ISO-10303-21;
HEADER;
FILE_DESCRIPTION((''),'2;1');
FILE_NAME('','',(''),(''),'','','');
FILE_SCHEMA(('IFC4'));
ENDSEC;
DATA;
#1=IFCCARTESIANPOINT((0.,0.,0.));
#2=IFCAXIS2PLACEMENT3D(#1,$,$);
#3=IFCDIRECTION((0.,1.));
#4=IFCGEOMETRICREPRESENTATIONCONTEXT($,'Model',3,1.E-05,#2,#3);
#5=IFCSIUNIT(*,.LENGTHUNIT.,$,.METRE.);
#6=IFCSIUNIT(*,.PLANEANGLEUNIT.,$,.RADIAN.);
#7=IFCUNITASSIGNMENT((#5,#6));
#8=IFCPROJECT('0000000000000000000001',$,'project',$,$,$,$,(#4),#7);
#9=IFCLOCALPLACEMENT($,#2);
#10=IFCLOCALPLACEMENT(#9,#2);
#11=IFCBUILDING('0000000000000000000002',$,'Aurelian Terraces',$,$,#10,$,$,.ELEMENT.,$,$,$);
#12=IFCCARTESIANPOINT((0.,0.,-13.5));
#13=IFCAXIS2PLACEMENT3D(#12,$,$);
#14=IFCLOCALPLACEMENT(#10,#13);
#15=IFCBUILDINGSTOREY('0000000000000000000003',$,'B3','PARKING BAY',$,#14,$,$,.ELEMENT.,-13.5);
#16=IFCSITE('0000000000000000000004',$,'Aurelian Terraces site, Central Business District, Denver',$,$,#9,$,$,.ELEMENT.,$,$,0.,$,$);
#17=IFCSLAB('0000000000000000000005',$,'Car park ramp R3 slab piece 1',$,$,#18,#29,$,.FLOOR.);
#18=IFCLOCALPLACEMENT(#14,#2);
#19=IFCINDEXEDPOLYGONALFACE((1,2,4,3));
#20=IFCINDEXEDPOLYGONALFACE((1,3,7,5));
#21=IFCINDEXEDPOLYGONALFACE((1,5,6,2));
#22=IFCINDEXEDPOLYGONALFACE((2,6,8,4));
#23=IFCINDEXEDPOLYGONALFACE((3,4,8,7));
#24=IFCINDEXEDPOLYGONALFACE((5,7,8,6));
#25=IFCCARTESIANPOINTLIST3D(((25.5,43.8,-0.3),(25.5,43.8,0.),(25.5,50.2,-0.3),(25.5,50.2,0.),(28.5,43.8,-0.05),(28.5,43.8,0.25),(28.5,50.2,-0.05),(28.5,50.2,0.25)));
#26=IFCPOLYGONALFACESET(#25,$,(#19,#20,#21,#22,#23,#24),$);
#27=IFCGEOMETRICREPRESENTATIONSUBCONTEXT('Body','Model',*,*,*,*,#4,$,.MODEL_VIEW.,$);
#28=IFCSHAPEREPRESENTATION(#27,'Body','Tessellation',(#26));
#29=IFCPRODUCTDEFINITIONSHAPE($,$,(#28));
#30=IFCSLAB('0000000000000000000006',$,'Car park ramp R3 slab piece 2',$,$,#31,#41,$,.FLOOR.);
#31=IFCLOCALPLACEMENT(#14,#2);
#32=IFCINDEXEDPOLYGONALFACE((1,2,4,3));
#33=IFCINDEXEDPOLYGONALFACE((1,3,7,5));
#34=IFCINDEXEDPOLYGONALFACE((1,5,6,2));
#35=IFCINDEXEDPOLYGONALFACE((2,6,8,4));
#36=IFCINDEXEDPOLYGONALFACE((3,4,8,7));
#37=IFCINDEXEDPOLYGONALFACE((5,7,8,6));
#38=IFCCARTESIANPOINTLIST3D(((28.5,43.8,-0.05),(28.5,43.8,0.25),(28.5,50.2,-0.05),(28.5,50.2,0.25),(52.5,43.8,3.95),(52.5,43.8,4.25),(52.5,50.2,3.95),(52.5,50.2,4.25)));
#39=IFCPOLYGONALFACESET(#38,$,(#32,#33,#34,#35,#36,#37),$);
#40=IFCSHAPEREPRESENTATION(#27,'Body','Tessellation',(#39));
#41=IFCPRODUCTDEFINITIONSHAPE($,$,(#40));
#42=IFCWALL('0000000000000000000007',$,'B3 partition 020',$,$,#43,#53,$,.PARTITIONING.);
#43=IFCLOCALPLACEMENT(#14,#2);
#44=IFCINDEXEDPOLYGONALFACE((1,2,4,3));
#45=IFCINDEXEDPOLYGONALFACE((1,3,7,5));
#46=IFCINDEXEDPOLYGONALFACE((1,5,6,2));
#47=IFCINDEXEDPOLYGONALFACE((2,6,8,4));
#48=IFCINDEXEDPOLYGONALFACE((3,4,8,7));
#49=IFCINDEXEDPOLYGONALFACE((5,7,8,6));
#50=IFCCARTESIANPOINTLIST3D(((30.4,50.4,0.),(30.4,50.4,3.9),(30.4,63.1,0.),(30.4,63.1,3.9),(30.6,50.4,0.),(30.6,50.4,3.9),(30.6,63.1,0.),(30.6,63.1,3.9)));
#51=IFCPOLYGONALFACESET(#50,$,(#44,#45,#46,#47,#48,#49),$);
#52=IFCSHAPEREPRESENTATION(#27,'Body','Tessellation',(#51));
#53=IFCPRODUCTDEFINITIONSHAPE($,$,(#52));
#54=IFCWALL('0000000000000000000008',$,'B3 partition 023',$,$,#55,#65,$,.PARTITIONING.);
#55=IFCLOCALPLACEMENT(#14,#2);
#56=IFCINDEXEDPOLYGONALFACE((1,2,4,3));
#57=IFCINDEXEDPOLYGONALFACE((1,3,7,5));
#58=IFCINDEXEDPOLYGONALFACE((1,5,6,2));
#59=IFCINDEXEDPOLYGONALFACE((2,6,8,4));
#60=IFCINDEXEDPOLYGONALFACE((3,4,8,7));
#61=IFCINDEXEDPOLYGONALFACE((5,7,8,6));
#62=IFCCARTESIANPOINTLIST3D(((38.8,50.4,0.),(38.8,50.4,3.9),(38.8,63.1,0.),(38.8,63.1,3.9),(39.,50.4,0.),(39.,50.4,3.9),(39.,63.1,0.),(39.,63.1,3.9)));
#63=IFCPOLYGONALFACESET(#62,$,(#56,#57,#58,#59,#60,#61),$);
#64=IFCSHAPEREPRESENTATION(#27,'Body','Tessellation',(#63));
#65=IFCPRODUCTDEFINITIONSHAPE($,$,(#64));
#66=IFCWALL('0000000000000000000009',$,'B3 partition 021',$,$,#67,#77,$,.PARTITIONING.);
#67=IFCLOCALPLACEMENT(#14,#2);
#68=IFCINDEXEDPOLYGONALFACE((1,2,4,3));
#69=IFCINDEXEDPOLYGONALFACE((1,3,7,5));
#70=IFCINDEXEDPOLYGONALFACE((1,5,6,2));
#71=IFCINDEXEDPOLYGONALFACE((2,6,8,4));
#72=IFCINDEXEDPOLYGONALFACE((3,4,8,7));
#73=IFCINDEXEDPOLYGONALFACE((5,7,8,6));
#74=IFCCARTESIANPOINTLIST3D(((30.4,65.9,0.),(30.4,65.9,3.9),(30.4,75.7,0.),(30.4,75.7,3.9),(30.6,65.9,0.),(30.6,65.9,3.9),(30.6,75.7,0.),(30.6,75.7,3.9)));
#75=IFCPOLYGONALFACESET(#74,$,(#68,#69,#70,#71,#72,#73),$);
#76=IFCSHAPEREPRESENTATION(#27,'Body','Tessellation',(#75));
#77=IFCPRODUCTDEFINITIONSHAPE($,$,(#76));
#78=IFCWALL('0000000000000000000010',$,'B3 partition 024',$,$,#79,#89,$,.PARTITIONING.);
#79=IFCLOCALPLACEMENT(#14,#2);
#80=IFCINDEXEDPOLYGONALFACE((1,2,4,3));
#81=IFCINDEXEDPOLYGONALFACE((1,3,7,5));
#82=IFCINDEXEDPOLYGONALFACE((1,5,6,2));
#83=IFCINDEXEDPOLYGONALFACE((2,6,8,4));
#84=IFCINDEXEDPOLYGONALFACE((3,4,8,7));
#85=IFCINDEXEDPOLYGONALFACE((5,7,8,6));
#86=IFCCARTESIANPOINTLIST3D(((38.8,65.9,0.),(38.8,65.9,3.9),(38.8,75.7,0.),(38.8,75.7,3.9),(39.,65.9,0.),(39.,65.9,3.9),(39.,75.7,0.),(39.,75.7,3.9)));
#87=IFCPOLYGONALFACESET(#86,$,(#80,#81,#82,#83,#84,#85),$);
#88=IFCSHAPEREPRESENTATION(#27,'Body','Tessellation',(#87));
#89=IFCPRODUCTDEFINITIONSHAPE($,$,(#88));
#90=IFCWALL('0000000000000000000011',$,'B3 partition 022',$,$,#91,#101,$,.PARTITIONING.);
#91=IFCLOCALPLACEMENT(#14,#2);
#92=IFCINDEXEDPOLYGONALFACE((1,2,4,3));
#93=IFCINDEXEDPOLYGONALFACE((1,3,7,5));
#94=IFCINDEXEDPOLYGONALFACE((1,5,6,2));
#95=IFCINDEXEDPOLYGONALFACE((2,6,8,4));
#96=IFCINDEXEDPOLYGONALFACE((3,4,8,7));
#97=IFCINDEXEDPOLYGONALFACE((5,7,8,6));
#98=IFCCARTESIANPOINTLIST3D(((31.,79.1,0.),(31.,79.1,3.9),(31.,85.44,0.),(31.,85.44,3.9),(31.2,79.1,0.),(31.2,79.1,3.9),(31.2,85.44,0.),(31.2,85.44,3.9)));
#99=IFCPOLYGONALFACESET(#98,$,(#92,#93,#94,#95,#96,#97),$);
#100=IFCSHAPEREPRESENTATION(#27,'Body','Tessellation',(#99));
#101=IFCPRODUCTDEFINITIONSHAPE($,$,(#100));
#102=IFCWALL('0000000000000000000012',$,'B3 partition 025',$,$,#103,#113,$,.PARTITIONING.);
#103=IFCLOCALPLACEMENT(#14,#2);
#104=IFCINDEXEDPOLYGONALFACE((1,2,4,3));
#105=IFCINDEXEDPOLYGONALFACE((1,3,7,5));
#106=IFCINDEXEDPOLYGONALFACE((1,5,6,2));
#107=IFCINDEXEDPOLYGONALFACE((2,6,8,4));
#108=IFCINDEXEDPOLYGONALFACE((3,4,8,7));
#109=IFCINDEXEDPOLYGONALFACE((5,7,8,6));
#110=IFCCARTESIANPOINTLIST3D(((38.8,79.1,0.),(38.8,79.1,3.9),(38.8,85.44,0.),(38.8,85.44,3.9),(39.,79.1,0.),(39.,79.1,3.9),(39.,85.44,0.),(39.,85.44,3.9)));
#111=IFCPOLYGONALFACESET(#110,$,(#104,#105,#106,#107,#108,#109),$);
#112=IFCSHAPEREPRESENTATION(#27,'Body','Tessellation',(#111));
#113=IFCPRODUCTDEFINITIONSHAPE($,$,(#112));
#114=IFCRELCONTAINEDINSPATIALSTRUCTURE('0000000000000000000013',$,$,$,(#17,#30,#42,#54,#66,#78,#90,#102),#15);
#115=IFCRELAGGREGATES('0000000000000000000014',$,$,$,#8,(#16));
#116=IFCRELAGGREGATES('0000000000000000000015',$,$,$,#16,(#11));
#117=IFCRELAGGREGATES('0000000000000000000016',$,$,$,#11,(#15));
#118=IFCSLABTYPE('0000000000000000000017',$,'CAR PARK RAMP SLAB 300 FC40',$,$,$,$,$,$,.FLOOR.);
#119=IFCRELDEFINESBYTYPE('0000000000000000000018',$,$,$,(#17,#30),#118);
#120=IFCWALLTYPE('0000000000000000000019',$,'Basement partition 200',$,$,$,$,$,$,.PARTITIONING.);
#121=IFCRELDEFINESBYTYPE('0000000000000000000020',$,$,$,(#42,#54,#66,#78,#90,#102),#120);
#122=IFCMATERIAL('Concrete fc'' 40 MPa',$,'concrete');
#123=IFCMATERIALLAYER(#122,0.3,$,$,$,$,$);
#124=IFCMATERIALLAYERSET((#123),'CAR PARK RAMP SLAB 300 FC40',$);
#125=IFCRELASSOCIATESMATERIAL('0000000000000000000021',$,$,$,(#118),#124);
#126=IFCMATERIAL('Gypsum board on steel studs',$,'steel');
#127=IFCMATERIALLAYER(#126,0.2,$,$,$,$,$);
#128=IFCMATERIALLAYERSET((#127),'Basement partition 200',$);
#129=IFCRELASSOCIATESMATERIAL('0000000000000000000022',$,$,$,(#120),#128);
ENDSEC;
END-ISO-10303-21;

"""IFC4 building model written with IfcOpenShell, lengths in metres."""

from ifc_helpers import new_model, si_unit, direction, frame, frame_2d, origin, place, context, subcontext, project, spatial, polyline, rectangle, outline, extrude, source, transform, mapped, material, layer, layer_set, type_object, element, save


model = new_model("IFC4")

# Units and contexts
model_context = context("Model", 3, precision=1e-05, world=origin(), true_north=direction((0.0, 1.0)))
body_context = subcontext(model_context, "Body", "Model", "MODEL_VIEW")
ifc_project = project(units=[si_unit("LENGTHUNIT", "METRE"), si_unit("PLANEANGLEUNIT", "RADIAN")], contexts=[model_context])

# Site, building, storey
site_placement = place(None, origin())
site = spatial("IfcSite", under=ifc_project, at=site_placement, Name="Aurelian Terraces site, Central Business District, Denver", CompositionType="ELEMENT", RefElevation=0.0)
building_placement = place(site_placement, origin())
building = spatial("IfcBuilding", under=site, at=building_placement, Name="Aurelian Terraces", CompositionType="ELEMENT")
storey_placement = place(building_placement, frame((0.0, 0.0, -13.5)))
storey = spatial("IfcBuildingStorey", under=building, at=storey_placement, Name="B3", Description="PARKING BAY", CompositionType="ELEMENT", Elevation=-13.5)

# Slabs
ifc_material_1 = material(Name="Concrete fc' 40 MPa", Category="concrete")
ifc_layer_1 = layer(ifc_material_1, 0.3)
ifc_layer_set_1 = layer_set([ifc_layer_1], Name="CAR PARK RAMP SLAB 300 FC40")
slab_type = type_object("IfcSlabType", Name="CAR PARK RAMP SLAB 300 FC40", PredefinedType="FLOOR", material=ifc_layer_set_1)
slab_1_placement = place(storey_placement, frame((25.5, 43.8, 0.0), z_axis=(0.0, 0.0, 1.0), x_axis=(1.0, 0.0, 0.0)))
element("IfcSlab", 1, at=slab_1_placement, inside=storey, type_object=slab_type, Name="Car park ramp R3 slab piece 1", PredefinedType="FLOOR", context=body_context, shape_type="SweptSolid", body=[
    extrude(outline(polyline([(0.0, 0.0), (3.0, 0.25), (3.0, -0.05), (0.0, -0.3), (0.0, 0.0)])), frame((0.0, 6.4, 0.0), z_axis=(0.0, -1.0, 0.0), x_axis=(1.0, 0.0, 0.0)), (0.0, 0.0, 1.0), 6.4),
])
slab_2_placement = place(storey_placement, frame((28.5, 43.8, 0.25), z_axis=(0.0, 0.0, 1.0), x_axis=(1.0, 0.0, 0.0)))
element("IfcSlab", 2, at=slab_2_placement, inside=storey, type_object=slab_type, Name="Car park ramp R3 slab piece 2", PredefinedType="FLOOR", context=body_context, shape_type="SweptSolid", body=[
    extrude(outline(polyline([(0.0, 0.0), (24.0, 4.0), (24.0, 3.7), (0.0, -0.3), (0.0, 0.0)])), frame((0.0, 6.4, 0.0), z_axis=(0.0, -1.0, 0.0), x_axis=(1.0, 0.0, 0.0)), (0.0, 0.0, 1.0), 6.4),
])

# Walls
ifc_material_2 = material(Name="Gypsum board on steel studs", Category="steel")
ifc_layer_2 = layer(ifc_material_2, 0.2)
ifc_layer_set_2 = layer_set([ifc_layer_2], Name="Basement partition 200")
wall_type = type_object("IfcWallType", Name="Basement partition 200", PredefinedType="PARTITIONING", material=ifc_layer_set_2)
shared_shape_1 = source(origin(), body_context, "Body", "SweptSolid", [
    extrude(rectangle(XDim=12.7, YDim=0.2, at=frame_2d((6.35, 0.0))), origin(), (0.0, 0.0, 1.0), 3.9),
])
for number, where, z_axis, x_axis, name in (
    (3, (30.5, 50.4, 0.0), (0.0, 0.0, 1.0), (0.0, 1.0, 0.0), "B3 partition 020"),
    (4, (38.9, 50.4, 0.0), (0.0, 0.0, 1.0), (0.0, 1.0, 0.0), "B3 partition 023"),
):
    element("IfcWall", number, at=place(storey_placement, frame(where, z_axis=z_axis, x_axis=x_axis)), inside=storey, type_object=wall_type, Name=name, PredefinedType="PARTITIONING", context=body_context, shape_type="MappedRepresentation", body=[
        mapped(shared_shape_1, transform((0.0, 0.0, 0.0), scale=1.0)),
    ])
shared_shape_2 = source(origin(), body_context, "Body", "SweptSolid", [
    extrude(rectangle(XDim=9.8, YDim=0.2, at=frame_2d((4.9, 0.0))), origin(), (0.0, 0.0, 1.0), 3.9),
])
for number, where, z_axis, x_axis, name in (
    (5, (30.5, 65.9, 0.0), (0.0, 0.0, 1.0), (0.0, 1.0, 0.0), "B3 partition 021"),
    (6, (38.9, 65.9, 0.0), (0.0, 0.0, 1.0), (0.0, 1.0, 0.0), "B3 partition 024"),
):
    element("IfcWall", number, at=place(storey_placement, frame(where, z_axis=z_axis, x_axis=x_axis)), inside=storey, type_object=wall_type, Name=name, PredefinedType="PARTITIONING", context=body_context, shape_type="MappedRepresentation", body=[
        mapped(shared_shape_2, transform((0.0, 0.0, 0.0), scale=1.0)),
    ])
shared_shape_3 = source(origin(), body_context, "Body", "SweptSolid", [
    extrude(rectangle(XDim=6.34, YDim=0.2, at=frame_2d((3.17, 0.0))), origin(), (0.0, 0.0, 1.0), 3.9),
])
for number, where, z_axis, x_axis, name in (
    (7, (31.1, 79.1, 0.0), (0.0, 0.0, 1.0), (0.0, 1.0, 0.0), "B3 partition 022"),
    (8, (38.9, 79.1, 0.0), (0.0, 0.0, 1.0), (0.0, 1.0, 0.0), "B3 partition 025"),
):
    element("IfcWall", number, at=place(storey_placement, frame(where, z_axis=z_axis, x_axis=x_axis)), inside=storey, type_object=wall_type, Name=name, PredefinedType="PARTITIONING", context=body_context, shape_type="MappedRepresentation", body=[
        mapped(shared_shape_3, transform((0.0, 0.0, 0.0), scale=1.0)),
    ])

save(model, "model.ifc")
